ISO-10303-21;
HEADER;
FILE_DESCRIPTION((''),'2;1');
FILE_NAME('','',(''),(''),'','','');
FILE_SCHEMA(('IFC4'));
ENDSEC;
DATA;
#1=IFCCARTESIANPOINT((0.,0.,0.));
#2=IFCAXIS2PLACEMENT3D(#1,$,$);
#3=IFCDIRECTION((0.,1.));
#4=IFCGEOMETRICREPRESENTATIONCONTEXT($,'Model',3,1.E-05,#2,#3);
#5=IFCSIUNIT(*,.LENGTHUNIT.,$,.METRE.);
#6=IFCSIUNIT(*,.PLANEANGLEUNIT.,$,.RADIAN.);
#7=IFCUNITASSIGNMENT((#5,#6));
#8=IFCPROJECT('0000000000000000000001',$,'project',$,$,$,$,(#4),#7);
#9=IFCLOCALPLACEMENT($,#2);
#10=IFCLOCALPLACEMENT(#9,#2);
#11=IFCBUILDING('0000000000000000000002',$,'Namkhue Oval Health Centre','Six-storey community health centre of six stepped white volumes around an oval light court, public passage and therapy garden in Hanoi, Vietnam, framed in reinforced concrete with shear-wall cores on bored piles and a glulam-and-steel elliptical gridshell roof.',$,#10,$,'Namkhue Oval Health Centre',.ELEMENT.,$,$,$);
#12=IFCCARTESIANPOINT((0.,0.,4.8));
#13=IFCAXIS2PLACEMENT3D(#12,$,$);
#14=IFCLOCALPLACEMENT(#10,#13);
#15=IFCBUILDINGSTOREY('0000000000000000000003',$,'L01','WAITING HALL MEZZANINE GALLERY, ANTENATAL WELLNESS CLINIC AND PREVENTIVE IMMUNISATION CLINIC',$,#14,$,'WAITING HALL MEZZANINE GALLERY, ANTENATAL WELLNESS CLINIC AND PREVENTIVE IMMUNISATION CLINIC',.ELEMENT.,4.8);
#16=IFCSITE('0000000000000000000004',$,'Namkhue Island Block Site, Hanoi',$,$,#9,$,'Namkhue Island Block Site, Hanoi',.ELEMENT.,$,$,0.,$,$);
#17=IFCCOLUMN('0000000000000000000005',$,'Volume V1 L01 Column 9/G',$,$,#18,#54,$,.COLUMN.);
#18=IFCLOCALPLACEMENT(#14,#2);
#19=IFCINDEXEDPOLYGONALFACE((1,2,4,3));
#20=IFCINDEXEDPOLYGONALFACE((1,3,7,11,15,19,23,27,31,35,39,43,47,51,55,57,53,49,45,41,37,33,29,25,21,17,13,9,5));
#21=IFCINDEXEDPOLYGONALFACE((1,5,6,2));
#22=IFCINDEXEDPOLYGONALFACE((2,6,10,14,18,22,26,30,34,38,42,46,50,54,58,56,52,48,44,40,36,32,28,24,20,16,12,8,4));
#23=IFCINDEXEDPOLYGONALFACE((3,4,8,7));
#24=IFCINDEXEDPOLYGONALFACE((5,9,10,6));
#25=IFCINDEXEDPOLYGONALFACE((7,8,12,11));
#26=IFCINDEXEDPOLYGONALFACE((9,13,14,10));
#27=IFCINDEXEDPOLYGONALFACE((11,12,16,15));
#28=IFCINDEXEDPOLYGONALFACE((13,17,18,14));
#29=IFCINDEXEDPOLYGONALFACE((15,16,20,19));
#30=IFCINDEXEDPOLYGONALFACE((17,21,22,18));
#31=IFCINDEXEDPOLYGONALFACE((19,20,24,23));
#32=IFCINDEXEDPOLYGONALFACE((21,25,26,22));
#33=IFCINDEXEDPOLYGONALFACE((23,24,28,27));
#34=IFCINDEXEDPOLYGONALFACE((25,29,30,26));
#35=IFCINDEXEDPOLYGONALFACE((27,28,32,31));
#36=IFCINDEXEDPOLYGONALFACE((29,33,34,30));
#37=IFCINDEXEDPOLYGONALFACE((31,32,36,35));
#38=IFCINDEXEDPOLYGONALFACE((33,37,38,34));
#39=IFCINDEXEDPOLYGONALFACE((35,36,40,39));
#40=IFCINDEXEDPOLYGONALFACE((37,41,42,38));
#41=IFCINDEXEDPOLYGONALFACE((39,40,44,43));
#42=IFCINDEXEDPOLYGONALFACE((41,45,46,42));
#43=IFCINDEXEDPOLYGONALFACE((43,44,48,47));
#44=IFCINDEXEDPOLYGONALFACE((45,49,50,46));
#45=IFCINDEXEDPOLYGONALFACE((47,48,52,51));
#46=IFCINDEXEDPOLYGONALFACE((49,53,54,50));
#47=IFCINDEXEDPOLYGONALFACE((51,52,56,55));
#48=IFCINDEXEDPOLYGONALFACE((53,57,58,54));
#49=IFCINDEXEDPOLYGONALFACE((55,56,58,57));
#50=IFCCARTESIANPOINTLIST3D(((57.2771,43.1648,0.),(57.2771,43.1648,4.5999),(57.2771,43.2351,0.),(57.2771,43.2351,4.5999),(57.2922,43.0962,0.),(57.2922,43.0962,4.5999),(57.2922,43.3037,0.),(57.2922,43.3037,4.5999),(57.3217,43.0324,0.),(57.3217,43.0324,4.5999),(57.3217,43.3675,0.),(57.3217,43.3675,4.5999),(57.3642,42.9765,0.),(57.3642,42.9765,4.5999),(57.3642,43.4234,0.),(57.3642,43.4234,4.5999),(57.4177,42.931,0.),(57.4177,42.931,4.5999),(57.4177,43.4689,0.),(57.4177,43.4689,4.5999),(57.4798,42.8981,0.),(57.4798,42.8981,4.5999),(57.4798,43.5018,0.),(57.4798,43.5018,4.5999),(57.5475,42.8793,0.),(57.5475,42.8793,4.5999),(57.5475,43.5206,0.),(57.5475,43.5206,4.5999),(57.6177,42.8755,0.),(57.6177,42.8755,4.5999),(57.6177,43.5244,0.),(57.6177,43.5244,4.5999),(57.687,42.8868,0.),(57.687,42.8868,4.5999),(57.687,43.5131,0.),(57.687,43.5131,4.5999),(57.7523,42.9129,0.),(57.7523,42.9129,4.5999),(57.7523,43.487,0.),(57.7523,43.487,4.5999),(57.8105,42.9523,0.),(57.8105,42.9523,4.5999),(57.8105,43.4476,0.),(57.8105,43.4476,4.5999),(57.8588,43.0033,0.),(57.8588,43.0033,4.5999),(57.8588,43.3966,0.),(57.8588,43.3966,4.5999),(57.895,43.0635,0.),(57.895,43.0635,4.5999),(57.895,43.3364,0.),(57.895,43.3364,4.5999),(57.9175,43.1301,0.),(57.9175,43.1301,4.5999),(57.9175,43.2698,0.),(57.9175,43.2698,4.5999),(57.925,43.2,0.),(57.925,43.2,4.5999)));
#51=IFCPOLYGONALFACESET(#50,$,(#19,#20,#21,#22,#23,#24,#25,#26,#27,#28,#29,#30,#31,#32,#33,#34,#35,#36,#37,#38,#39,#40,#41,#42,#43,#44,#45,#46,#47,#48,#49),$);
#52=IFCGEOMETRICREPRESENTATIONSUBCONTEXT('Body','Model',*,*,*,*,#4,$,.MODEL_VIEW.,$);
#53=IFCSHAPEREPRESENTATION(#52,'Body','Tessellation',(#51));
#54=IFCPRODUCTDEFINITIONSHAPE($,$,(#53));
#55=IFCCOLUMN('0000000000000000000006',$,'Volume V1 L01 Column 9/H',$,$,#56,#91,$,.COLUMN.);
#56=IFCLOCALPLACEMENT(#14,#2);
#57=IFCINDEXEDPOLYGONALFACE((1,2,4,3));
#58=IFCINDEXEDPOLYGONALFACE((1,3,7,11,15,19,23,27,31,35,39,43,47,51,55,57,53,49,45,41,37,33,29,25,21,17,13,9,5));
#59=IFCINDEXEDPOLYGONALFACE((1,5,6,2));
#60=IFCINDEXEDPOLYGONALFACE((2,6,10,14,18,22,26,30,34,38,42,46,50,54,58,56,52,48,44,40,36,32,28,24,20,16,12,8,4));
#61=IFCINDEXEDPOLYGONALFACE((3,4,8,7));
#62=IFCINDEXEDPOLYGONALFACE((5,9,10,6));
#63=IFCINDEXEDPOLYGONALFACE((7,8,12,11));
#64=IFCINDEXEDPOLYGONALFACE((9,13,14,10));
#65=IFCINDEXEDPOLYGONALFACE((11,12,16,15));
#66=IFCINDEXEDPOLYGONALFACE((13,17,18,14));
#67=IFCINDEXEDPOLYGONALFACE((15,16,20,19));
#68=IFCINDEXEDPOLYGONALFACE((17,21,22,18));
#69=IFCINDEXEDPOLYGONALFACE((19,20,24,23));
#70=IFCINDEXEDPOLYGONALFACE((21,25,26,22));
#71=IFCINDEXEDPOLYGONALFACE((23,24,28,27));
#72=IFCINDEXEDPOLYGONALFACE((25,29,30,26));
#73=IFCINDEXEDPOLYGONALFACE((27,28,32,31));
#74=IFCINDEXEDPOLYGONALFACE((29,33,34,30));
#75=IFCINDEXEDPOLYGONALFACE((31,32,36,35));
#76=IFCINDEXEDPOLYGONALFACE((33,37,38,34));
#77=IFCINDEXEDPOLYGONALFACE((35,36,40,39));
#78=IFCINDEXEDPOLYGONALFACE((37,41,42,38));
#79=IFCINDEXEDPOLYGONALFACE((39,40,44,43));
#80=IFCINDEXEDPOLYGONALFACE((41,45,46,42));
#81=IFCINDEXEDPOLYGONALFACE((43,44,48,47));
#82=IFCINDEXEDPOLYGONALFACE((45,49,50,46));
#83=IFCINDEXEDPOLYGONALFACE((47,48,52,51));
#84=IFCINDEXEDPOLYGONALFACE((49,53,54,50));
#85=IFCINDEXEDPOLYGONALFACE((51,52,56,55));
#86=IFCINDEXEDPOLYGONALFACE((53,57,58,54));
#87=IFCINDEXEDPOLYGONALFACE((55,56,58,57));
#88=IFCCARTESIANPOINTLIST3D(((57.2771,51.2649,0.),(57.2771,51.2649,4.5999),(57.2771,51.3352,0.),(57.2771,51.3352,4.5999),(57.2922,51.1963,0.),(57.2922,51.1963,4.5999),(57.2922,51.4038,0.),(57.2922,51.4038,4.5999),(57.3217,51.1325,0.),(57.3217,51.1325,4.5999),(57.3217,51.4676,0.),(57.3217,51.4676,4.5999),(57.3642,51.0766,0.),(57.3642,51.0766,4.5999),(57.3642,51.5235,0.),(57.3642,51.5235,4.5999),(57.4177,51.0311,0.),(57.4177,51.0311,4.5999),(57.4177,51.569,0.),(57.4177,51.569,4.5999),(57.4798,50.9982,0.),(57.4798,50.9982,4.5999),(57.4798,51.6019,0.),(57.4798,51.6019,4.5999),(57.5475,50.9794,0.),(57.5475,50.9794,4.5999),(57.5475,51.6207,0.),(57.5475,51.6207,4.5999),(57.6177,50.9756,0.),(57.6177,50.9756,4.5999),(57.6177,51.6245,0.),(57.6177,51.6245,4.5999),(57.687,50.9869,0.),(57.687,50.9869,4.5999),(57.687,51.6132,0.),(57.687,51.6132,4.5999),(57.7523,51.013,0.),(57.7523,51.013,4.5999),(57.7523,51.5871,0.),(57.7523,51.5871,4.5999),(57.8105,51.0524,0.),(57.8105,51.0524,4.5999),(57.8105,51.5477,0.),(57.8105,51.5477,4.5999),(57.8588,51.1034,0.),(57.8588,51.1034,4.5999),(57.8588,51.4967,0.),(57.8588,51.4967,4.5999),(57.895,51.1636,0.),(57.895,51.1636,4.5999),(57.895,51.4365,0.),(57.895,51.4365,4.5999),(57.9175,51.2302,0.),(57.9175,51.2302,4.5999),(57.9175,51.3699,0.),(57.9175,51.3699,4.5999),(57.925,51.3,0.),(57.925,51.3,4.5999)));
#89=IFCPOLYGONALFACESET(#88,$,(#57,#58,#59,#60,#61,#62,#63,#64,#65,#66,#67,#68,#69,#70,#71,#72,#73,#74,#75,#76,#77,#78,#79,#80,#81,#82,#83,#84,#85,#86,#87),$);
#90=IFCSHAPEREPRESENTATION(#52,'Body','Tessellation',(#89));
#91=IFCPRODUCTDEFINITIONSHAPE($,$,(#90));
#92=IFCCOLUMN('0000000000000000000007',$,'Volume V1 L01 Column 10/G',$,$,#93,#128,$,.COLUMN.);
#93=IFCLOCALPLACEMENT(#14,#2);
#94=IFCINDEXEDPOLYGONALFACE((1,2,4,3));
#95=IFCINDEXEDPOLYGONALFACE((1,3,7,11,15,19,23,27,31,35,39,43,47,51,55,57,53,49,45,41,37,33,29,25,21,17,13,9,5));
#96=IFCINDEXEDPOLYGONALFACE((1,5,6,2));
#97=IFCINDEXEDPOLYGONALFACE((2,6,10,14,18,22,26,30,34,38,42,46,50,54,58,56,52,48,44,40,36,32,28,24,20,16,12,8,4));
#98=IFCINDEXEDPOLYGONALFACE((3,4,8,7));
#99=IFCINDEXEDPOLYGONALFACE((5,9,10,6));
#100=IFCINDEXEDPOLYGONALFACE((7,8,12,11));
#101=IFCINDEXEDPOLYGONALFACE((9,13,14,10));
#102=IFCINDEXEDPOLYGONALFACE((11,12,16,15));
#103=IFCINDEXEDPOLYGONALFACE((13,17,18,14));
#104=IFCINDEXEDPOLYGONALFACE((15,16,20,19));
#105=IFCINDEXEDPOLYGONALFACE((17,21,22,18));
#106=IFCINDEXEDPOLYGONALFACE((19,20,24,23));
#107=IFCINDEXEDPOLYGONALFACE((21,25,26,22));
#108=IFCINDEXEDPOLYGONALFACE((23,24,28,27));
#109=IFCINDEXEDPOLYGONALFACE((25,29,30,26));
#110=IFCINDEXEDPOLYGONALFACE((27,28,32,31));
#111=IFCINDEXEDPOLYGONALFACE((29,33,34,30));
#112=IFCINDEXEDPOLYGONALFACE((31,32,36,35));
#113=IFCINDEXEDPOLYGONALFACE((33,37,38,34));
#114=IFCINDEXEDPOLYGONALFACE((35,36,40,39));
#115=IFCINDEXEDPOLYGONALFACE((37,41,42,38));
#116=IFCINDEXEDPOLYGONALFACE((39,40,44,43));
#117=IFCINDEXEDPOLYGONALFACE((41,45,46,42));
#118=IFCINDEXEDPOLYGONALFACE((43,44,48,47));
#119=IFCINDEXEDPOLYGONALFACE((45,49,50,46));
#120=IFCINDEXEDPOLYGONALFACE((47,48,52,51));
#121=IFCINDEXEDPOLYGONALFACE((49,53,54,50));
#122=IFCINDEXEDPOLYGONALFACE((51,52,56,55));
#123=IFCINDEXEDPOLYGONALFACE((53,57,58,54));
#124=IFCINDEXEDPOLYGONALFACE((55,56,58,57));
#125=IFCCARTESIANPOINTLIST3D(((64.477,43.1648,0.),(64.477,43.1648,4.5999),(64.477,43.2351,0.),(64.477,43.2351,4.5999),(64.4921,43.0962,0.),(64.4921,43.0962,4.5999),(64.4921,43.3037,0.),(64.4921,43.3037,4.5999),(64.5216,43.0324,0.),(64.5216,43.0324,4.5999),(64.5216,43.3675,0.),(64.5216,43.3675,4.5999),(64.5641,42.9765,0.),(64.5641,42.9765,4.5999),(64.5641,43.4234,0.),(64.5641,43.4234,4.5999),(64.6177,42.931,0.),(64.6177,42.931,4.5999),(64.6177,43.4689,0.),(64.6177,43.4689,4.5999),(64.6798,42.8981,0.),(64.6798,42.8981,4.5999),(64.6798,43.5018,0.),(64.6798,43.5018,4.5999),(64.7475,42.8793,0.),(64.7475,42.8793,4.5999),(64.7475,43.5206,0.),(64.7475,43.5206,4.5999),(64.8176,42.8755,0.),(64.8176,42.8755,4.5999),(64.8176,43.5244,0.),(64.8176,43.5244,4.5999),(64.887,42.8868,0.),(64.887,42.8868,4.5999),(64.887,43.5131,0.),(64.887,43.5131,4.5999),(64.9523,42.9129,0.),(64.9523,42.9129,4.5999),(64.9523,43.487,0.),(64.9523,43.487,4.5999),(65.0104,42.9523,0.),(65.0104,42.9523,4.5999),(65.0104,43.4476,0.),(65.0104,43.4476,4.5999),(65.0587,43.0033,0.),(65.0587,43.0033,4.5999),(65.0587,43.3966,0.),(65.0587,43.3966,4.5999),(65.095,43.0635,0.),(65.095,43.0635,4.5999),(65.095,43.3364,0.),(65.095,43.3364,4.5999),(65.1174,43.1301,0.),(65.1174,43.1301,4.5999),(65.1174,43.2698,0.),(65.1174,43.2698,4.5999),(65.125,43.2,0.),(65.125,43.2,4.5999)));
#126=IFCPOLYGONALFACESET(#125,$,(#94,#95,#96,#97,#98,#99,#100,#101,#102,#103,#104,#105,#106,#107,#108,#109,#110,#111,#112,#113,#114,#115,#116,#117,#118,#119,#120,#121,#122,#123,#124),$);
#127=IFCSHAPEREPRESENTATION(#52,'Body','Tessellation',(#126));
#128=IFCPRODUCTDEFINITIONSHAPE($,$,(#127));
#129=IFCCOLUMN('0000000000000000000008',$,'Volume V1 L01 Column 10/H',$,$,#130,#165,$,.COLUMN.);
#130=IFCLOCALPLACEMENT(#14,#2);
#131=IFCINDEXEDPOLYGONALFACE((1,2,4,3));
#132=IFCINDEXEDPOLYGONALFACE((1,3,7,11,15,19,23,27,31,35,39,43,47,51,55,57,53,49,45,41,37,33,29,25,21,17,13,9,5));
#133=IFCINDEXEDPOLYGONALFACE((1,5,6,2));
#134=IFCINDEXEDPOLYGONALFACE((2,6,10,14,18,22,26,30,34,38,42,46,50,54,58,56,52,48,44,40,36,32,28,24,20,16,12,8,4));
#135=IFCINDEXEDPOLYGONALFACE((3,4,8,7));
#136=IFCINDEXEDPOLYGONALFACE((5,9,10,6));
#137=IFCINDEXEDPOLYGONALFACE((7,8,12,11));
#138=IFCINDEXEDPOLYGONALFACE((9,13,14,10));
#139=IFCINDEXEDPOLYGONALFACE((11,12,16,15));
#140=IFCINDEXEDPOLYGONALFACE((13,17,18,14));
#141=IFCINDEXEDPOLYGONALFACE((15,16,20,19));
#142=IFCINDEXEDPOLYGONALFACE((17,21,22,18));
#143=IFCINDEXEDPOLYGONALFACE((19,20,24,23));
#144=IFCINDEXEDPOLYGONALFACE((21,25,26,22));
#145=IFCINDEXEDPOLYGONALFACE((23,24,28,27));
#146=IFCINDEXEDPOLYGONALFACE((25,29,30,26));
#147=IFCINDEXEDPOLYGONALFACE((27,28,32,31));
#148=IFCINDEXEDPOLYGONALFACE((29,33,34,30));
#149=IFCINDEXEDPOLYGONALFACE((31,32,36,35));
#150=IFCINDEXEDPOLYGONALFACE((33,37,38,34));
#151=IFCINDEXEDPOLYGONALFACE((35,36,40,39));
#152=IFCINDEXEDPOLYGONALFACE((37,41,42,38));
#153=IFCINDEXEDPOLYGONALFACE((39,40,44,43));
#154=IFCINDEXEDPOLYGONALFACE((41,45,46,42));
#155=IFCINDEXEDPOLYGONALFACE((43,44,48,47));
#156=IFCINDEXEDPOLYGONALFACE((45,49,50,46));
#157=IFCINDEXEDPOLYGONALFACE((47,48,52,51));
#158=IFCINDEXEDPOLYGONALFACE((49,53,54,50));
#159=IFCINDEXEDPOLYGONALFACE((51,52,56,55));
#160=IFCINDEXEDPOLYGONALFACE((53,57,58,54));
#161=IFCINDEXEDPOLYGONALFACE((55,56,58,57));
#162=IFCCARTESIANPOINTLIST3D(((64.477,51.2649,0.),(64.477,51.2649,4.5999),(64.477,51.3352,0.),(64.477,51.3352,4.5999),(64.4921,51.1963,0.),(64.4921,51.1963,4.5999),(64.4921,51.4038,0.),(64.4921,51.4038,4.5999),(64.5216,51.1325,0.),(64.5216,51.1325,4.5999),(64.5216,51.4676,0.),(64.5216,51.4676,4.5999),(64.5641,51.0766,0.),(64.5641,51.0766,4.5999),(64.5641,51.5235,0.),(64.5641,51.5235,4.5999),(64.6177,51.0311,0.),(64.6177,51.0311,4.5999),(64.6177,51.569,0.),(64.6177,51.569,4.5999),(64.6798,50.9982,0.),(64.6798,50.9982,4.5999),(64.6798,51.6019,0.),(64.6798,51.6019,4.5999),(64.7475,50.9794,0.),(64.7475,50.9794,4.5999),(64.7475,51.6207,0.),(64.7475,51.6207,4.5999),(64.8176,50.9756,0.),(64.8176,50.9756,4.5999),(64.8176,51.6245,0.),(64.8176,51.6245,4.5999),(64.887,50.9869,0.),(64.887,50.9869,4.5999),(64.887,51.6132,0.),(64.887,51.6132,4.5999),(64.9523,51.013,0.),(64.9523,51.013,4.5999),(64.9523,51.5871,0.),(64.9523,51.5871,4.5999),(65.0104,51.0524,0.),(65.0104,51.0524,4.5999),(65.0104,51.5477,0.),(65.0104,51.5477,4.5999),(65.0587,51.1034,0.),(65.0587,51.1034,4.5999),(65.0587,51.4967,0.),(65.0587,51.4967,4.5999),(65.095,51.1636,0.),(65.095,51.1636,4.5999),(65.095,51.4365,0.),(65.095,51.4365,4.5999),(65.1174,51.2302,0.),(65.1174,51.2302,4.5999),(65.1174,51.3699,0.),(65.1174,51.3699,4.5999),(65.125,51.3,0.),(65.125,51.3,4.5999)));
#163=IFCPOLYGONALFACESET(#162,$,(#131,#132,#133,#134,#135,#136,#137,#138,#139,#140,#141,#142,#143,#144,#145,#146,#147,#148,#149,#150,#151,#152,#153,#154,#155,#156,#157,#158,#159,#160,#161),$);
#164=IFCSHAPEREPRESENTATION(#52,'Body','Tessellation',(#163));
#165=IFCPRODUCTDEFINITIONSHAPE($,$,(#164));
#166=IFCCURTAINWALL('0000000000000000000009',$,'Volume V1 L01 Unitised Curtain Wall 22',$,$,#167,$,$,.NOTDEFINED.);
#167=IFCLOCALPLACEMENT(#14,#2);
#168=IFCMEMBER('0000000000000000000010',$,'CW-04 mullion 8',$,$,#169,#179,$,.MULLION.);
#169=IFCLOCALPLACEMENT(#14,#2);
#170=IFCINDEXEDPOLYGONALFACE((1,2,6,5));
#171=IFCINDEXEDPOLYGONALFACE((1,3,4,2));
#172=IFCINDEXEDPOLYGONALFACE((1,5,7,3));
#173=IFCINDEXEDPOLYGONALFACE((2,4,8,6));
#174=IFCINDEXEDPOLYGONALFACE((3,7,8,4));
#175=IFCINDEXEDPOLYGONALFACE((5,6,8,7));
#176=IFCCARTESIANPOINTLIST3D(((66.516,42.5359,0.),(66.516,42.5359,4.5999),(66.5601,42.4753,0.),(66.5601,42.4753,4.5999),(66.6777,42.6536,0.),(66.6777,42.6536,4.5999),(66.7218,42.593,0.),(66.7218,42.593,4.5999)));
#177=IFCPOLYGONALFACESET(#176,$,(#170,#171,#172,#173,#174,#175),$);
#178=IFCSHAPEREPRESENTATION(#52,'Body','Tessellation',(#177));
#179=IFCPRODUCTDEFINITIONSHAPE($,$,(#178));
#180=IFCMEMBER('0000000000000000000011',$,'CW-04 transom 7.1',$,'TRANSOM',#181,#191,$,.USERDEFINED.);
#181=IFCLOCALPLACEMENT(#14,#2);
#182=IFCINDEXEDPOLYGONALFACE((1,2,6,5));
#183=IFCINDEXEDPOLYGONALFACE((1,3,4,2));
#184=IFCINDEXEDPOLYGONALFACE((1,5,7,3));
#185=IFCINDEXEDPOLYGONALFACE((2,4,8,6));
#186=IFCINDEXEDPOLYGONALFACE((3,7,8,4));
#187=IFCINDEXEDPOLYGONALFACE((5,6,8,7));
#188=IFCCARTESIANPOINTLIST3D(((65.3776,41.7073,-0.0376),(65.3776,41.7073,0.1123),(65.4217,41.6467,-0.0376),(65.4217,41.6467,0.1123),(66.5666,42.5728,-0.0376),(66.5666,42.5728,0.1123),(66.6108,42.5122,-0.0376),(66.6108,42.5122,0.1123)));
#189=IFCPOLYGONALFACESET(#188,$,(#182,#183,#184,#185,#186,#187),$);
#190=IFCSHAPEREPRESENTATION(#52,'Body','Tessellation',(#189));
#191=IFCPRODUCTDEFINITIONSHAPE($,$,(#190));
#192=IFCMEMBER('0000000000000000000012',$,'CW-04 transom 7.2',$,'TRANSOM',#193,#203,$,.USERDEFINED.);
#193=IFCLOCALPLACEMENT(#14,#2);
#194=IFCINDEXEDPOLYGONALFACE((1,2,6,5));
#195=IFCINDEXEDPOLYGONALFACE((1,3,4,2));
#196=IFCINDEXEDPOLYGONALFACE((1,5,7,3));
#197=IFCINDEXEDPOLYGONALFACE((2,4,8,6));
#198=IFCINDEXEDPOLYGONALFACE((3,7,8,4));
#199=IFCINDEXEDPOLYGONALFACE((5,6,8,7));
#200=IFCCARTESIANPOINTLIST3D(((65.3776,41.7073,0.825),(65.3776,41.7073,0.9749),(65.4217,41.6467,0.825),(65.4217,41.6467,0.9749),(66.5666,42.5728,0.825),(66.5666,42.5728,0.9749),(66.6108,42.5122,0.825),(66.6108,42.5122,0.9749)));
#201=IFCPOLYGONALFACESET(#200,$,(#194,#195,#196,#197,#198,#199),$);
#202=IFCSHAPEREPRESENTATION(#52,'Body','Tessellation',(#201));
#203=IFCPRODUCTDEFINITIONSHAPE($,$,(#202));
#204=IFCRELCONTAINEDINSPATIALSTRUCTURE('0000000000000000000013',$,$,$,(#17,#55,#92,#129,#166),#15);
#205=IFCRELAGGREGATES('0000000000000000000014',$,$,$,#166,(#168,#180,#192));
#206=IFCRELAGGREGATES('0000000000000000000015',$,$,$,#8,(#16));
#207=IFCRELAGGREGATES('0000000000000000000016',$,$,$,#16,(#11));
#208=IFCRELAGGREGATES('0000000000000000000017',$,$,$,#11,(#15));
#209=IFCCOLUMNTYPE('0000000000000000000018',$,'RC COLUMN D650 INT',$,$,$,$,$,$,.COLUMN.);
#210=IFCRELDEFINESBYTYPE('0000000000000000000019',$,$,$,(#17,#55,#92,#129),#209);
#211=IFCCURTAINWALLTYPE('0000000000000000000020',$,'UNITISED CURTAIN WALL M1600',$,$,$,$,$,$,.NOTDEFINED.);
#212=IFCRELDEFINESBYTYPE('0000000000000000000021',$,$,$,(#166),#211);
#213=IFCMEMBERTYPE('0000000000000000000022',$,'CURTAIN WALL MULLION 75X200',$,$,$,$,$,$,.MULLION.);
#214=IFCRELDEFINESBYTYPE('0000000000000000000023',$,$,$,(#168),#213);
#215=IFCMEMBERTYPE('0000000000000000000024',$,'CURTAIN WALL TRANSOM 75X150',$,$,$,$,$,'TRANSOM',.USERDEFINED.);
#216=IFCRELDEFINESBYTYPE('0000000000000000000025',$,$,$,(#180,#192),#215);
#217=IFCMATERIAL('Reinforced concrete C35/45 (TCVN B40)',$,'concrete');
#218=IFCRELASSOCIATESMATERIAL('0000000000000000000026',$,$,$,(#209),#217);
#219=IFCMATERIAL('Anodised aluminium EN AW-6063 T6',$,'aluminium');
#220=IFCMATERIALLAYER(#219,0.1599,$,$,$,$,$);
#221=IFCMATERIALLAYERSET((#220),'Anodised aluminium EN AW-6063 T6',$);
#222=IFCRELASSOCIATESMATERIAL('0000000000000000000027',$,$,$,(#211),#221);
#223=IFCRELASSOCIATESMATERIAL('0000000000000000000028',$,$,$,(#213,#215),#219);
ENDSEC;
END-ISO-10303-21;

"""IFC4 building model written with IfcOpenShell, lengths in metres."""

from ifc_helpers import new_model, si_unit, direction, frame, origin, origin_2d, place, context, subcontext, project, spatial, rectangle, circle, extrude, material, layer, layer_set, material_profile, profile_set, type_object, element, aggregate, save


model = new_model("IFC4")

# Units and contexts
model_context = context("Model", 3, precision=1e-05, world=origin(), true_north=direction((0.0, 1.0)))
body_context = subcontext(model_context, "Body", "Model", "MODEL_VIEW")
ifc_project = project(units=[si_unit("LENGTHUNIT", "METRE"), si_unit("PLANEANGLEUNIT", "RADIAN")], contexts=[model_context])

# Site, building, storey
site_placement = place(None, origin())
site = spatial("IfcSite", under=ifc_project, at=site_placement, Name="Namkhue Island Block Site, Hanoi", LongName="Namkhue Island Block Site, Hanoi", CompositionType="ELEMENT", RefElevation=0.0)
building_placement = place(site_placement, origin())
building = spatial("IfcBuilding", under=site, at=building_placement, Name="Namkhue Oval Health Centre", Description="Six-storey community health centre of six stepped white volumes around an oval light court, public passage and therapy garden in Hanoi, Vietnam, framed in reinforced concrete with shear-wall cores on bored piles and a glulam-and-steel elliptical gridshell roof.", LongName="Namkhue Oval Health Centre", CompositionType="ELEMENT")
storey_placement = place(building_placement, frame((0.0, 0.0, 4.8)))
storey = spatial("IfcBuildingStorey", under=building, at=storey_placement, Name="L01", Description="WAITING HALL MEZZANINE GALLERY, ANTENATAL WELLNESS CLINIC AND PREVENTIVE IMMUNISATION CLINIC", LongName="WAITING HALL MEZZANINE GALLERY, ANTENATAL WELLNESS CLINIC AND PREVENTIVE IMMUNISATION CLINIC", CompositionType="ELEMENT", Elevation=4.8)

# Columns
ifc_material_1 = material(Name="Reinforced concrete C35/45 (TCVN B40)", Category="concrete")
ifc_material_profile_1 = material_profile(ifc_material_1, circle(Radius=0.325, at=origin_2d()), Name="RC D650")
ifc_profile_set_1 = profile_set([ifc_material_profile_1], Name="Reinforced concrete C35/45 (TCVN B40)")
column_type = type_object("IfcColumnType", Name="RC COLUMN D650 INT", PredefinedType="COLUMN", material=ifc_profile_set_1)
for number, where, z_axis, x_axis, name in (
    (1, (57.6001, 43.2, 0.0), (0.0, 0.0, 1.0), (1.0, 0.0, 0.0), "Volume V1 L01 Column 9/G"),
    (2, (57.6001, 51.3, 0.0), (0.0, 0.0, 1.0), (1.0, 0.0, 0.0), "Volume V1 L01 Column 9/H"),
    (3, (64.8, 43.2, 0.0), (0.0, 0.0, 1.0), (1.0, 0.0, 0.0), "Volume V1 L01 Column 10/G"),
    (4, (64.8, 51.3, 0.0), (0.0, 0.0, 1.0), (1.0, 0.0, 0.0), "Volume V1 L01 Column 10/H"),
):
    element("IfcColumn", number, at=place(storey_placement, frame(where, z_axis=z_axis, x_axis=x_axis)), inside=storey, type_object=column_type, Name=name, PredefinedType="COLUMN", context=body_context, shape_type="SweptSolid", body=[
        extrude(circle(Radius=0.325, at=origin_2d()), origin(), (0.0, 0.0, 1.0), 4.5999),
    ])

# Curtain wall, members
ifc_material_2 = material(Name="Anodised aluminium EN AW-6063 T6", Category="aluminium")
ifc_layer_1 = layer(ifc_material_2, 0.1599)
ifc_layer_set_1 = layer_set([ifc_layer_1], Name="Anodised aluminium EN AW-6063 T6")
curtain_wall_type = type_object("IfcCurtainWallType", Name="UNITISED CURTAIN WALL M1600", PredefinedType="NOTDEFINED", material=ifc_layer_set_1)
curtain_wall_placement = place(storey_placement, origin())
curtain_wall = element("IfcCurtainWall", 5, at=curtain_wall_placement, inside=storey, type_object=curtain_wall_type, Name="Volume V1 L01 Unitised Curtain Wall 22", PredefinedType="NOTDEFINED")
ifc_material_profile_2 = material_profile(ifc_material_2, rectangle(XDim=0.075, YDim=0.2, at=origin_2d()), Name="ALU 75x200")
ifc_profile_set_2 = profile_set([ifc_material_profile_2], Name="Anodised aluminium EN AW-6063 T6")
member_type_1 = type_object("IfcMemberType", Name="CURTAIN WALL MULLION 75X200", PredefinedType="MULLION", material=ifc_profile_set_2)
member_1_placement = place(storey_placement, frame((66.6189, 42.5645, 0.0), z_axis=(0.0, 0.0, 1.0), x_axis=(-0.588477, 0.808514, 0.0)))
member_1 = element("IfcMember", 6, at=member_1_placement, type_object=member_type_1, Name="CW-04 mullion 8", PredefinedType="MULLION", context=body_context, shape_type="SweptSolid", body=[
    extrude(rectangle(XDim=0.075, YDim=0.2, at=origin_2d()), origin(), (0.0, 0.0, 1.0), 4.5999),
])
ifc_material_profile_3 = material_profile(ifc_material_2, rectangle(XDim=0.075, YDim=0.1499, at=origin_2d()), Name="ALU 75x150")
ifc_profile_set_3 = profile_set([ifc_material_profile_3], Name="Anodised aluminium EN AW-6063 T6")
member_type_2 = type_object("IfcMemberType", Name="CURTAIN WALL TRANSOM 75X150", ElementType="TRANSOM", PredefinedType="USERDEFINED", material=ifc_profile_set_3)
member_2_placement = place(storey_placement, frame((65.3997, 41.677, 0.0374), z_axis=(0.808485, 0.588517, 0.0), x_axis=(-0.588517, 0.808485, 0.0)))
member_2 = element("IfcMember", 7, at=member_2_placement, type_object=member_type_2, Name="CW-04 transom 7.1", ObjectType="TRANSOM", PredefinedType="USERDEFINED", context=body_context, shape_type="SweptSolid", body=[
    extrude(rectangle(XDim=0.075, YDim=0.1499, at=origin_2d()), origin(), (0.0, 0.0, 1.0), 1.4707),
])
member_3_placement = place(storey_placement, frame((65.3997, 41.677, 0.8999), z_axis=(0.808485, 0.588517, 0.0), x_axis=(-0.588517, 0.808485, 0.0)))
member_3 = element("IfcMember", 8, at=member_3_placement, type_object=member_type_2, Name="CW-04 transom 7.2", ObjectType="TRANSOM", PredefinedType="USERDEFINED", context=body_context, shape_type="SweptSolid", body=[
    extrude(rectangle(XDim=0.075, YDim=0.1499, at=origin_2d()), origin(), (0.0, 0.0, 1.0), 1.4707),
])

aggregate(curtain_wall, [member_1, member_2, member_3])

save(model, "model.ifc")
